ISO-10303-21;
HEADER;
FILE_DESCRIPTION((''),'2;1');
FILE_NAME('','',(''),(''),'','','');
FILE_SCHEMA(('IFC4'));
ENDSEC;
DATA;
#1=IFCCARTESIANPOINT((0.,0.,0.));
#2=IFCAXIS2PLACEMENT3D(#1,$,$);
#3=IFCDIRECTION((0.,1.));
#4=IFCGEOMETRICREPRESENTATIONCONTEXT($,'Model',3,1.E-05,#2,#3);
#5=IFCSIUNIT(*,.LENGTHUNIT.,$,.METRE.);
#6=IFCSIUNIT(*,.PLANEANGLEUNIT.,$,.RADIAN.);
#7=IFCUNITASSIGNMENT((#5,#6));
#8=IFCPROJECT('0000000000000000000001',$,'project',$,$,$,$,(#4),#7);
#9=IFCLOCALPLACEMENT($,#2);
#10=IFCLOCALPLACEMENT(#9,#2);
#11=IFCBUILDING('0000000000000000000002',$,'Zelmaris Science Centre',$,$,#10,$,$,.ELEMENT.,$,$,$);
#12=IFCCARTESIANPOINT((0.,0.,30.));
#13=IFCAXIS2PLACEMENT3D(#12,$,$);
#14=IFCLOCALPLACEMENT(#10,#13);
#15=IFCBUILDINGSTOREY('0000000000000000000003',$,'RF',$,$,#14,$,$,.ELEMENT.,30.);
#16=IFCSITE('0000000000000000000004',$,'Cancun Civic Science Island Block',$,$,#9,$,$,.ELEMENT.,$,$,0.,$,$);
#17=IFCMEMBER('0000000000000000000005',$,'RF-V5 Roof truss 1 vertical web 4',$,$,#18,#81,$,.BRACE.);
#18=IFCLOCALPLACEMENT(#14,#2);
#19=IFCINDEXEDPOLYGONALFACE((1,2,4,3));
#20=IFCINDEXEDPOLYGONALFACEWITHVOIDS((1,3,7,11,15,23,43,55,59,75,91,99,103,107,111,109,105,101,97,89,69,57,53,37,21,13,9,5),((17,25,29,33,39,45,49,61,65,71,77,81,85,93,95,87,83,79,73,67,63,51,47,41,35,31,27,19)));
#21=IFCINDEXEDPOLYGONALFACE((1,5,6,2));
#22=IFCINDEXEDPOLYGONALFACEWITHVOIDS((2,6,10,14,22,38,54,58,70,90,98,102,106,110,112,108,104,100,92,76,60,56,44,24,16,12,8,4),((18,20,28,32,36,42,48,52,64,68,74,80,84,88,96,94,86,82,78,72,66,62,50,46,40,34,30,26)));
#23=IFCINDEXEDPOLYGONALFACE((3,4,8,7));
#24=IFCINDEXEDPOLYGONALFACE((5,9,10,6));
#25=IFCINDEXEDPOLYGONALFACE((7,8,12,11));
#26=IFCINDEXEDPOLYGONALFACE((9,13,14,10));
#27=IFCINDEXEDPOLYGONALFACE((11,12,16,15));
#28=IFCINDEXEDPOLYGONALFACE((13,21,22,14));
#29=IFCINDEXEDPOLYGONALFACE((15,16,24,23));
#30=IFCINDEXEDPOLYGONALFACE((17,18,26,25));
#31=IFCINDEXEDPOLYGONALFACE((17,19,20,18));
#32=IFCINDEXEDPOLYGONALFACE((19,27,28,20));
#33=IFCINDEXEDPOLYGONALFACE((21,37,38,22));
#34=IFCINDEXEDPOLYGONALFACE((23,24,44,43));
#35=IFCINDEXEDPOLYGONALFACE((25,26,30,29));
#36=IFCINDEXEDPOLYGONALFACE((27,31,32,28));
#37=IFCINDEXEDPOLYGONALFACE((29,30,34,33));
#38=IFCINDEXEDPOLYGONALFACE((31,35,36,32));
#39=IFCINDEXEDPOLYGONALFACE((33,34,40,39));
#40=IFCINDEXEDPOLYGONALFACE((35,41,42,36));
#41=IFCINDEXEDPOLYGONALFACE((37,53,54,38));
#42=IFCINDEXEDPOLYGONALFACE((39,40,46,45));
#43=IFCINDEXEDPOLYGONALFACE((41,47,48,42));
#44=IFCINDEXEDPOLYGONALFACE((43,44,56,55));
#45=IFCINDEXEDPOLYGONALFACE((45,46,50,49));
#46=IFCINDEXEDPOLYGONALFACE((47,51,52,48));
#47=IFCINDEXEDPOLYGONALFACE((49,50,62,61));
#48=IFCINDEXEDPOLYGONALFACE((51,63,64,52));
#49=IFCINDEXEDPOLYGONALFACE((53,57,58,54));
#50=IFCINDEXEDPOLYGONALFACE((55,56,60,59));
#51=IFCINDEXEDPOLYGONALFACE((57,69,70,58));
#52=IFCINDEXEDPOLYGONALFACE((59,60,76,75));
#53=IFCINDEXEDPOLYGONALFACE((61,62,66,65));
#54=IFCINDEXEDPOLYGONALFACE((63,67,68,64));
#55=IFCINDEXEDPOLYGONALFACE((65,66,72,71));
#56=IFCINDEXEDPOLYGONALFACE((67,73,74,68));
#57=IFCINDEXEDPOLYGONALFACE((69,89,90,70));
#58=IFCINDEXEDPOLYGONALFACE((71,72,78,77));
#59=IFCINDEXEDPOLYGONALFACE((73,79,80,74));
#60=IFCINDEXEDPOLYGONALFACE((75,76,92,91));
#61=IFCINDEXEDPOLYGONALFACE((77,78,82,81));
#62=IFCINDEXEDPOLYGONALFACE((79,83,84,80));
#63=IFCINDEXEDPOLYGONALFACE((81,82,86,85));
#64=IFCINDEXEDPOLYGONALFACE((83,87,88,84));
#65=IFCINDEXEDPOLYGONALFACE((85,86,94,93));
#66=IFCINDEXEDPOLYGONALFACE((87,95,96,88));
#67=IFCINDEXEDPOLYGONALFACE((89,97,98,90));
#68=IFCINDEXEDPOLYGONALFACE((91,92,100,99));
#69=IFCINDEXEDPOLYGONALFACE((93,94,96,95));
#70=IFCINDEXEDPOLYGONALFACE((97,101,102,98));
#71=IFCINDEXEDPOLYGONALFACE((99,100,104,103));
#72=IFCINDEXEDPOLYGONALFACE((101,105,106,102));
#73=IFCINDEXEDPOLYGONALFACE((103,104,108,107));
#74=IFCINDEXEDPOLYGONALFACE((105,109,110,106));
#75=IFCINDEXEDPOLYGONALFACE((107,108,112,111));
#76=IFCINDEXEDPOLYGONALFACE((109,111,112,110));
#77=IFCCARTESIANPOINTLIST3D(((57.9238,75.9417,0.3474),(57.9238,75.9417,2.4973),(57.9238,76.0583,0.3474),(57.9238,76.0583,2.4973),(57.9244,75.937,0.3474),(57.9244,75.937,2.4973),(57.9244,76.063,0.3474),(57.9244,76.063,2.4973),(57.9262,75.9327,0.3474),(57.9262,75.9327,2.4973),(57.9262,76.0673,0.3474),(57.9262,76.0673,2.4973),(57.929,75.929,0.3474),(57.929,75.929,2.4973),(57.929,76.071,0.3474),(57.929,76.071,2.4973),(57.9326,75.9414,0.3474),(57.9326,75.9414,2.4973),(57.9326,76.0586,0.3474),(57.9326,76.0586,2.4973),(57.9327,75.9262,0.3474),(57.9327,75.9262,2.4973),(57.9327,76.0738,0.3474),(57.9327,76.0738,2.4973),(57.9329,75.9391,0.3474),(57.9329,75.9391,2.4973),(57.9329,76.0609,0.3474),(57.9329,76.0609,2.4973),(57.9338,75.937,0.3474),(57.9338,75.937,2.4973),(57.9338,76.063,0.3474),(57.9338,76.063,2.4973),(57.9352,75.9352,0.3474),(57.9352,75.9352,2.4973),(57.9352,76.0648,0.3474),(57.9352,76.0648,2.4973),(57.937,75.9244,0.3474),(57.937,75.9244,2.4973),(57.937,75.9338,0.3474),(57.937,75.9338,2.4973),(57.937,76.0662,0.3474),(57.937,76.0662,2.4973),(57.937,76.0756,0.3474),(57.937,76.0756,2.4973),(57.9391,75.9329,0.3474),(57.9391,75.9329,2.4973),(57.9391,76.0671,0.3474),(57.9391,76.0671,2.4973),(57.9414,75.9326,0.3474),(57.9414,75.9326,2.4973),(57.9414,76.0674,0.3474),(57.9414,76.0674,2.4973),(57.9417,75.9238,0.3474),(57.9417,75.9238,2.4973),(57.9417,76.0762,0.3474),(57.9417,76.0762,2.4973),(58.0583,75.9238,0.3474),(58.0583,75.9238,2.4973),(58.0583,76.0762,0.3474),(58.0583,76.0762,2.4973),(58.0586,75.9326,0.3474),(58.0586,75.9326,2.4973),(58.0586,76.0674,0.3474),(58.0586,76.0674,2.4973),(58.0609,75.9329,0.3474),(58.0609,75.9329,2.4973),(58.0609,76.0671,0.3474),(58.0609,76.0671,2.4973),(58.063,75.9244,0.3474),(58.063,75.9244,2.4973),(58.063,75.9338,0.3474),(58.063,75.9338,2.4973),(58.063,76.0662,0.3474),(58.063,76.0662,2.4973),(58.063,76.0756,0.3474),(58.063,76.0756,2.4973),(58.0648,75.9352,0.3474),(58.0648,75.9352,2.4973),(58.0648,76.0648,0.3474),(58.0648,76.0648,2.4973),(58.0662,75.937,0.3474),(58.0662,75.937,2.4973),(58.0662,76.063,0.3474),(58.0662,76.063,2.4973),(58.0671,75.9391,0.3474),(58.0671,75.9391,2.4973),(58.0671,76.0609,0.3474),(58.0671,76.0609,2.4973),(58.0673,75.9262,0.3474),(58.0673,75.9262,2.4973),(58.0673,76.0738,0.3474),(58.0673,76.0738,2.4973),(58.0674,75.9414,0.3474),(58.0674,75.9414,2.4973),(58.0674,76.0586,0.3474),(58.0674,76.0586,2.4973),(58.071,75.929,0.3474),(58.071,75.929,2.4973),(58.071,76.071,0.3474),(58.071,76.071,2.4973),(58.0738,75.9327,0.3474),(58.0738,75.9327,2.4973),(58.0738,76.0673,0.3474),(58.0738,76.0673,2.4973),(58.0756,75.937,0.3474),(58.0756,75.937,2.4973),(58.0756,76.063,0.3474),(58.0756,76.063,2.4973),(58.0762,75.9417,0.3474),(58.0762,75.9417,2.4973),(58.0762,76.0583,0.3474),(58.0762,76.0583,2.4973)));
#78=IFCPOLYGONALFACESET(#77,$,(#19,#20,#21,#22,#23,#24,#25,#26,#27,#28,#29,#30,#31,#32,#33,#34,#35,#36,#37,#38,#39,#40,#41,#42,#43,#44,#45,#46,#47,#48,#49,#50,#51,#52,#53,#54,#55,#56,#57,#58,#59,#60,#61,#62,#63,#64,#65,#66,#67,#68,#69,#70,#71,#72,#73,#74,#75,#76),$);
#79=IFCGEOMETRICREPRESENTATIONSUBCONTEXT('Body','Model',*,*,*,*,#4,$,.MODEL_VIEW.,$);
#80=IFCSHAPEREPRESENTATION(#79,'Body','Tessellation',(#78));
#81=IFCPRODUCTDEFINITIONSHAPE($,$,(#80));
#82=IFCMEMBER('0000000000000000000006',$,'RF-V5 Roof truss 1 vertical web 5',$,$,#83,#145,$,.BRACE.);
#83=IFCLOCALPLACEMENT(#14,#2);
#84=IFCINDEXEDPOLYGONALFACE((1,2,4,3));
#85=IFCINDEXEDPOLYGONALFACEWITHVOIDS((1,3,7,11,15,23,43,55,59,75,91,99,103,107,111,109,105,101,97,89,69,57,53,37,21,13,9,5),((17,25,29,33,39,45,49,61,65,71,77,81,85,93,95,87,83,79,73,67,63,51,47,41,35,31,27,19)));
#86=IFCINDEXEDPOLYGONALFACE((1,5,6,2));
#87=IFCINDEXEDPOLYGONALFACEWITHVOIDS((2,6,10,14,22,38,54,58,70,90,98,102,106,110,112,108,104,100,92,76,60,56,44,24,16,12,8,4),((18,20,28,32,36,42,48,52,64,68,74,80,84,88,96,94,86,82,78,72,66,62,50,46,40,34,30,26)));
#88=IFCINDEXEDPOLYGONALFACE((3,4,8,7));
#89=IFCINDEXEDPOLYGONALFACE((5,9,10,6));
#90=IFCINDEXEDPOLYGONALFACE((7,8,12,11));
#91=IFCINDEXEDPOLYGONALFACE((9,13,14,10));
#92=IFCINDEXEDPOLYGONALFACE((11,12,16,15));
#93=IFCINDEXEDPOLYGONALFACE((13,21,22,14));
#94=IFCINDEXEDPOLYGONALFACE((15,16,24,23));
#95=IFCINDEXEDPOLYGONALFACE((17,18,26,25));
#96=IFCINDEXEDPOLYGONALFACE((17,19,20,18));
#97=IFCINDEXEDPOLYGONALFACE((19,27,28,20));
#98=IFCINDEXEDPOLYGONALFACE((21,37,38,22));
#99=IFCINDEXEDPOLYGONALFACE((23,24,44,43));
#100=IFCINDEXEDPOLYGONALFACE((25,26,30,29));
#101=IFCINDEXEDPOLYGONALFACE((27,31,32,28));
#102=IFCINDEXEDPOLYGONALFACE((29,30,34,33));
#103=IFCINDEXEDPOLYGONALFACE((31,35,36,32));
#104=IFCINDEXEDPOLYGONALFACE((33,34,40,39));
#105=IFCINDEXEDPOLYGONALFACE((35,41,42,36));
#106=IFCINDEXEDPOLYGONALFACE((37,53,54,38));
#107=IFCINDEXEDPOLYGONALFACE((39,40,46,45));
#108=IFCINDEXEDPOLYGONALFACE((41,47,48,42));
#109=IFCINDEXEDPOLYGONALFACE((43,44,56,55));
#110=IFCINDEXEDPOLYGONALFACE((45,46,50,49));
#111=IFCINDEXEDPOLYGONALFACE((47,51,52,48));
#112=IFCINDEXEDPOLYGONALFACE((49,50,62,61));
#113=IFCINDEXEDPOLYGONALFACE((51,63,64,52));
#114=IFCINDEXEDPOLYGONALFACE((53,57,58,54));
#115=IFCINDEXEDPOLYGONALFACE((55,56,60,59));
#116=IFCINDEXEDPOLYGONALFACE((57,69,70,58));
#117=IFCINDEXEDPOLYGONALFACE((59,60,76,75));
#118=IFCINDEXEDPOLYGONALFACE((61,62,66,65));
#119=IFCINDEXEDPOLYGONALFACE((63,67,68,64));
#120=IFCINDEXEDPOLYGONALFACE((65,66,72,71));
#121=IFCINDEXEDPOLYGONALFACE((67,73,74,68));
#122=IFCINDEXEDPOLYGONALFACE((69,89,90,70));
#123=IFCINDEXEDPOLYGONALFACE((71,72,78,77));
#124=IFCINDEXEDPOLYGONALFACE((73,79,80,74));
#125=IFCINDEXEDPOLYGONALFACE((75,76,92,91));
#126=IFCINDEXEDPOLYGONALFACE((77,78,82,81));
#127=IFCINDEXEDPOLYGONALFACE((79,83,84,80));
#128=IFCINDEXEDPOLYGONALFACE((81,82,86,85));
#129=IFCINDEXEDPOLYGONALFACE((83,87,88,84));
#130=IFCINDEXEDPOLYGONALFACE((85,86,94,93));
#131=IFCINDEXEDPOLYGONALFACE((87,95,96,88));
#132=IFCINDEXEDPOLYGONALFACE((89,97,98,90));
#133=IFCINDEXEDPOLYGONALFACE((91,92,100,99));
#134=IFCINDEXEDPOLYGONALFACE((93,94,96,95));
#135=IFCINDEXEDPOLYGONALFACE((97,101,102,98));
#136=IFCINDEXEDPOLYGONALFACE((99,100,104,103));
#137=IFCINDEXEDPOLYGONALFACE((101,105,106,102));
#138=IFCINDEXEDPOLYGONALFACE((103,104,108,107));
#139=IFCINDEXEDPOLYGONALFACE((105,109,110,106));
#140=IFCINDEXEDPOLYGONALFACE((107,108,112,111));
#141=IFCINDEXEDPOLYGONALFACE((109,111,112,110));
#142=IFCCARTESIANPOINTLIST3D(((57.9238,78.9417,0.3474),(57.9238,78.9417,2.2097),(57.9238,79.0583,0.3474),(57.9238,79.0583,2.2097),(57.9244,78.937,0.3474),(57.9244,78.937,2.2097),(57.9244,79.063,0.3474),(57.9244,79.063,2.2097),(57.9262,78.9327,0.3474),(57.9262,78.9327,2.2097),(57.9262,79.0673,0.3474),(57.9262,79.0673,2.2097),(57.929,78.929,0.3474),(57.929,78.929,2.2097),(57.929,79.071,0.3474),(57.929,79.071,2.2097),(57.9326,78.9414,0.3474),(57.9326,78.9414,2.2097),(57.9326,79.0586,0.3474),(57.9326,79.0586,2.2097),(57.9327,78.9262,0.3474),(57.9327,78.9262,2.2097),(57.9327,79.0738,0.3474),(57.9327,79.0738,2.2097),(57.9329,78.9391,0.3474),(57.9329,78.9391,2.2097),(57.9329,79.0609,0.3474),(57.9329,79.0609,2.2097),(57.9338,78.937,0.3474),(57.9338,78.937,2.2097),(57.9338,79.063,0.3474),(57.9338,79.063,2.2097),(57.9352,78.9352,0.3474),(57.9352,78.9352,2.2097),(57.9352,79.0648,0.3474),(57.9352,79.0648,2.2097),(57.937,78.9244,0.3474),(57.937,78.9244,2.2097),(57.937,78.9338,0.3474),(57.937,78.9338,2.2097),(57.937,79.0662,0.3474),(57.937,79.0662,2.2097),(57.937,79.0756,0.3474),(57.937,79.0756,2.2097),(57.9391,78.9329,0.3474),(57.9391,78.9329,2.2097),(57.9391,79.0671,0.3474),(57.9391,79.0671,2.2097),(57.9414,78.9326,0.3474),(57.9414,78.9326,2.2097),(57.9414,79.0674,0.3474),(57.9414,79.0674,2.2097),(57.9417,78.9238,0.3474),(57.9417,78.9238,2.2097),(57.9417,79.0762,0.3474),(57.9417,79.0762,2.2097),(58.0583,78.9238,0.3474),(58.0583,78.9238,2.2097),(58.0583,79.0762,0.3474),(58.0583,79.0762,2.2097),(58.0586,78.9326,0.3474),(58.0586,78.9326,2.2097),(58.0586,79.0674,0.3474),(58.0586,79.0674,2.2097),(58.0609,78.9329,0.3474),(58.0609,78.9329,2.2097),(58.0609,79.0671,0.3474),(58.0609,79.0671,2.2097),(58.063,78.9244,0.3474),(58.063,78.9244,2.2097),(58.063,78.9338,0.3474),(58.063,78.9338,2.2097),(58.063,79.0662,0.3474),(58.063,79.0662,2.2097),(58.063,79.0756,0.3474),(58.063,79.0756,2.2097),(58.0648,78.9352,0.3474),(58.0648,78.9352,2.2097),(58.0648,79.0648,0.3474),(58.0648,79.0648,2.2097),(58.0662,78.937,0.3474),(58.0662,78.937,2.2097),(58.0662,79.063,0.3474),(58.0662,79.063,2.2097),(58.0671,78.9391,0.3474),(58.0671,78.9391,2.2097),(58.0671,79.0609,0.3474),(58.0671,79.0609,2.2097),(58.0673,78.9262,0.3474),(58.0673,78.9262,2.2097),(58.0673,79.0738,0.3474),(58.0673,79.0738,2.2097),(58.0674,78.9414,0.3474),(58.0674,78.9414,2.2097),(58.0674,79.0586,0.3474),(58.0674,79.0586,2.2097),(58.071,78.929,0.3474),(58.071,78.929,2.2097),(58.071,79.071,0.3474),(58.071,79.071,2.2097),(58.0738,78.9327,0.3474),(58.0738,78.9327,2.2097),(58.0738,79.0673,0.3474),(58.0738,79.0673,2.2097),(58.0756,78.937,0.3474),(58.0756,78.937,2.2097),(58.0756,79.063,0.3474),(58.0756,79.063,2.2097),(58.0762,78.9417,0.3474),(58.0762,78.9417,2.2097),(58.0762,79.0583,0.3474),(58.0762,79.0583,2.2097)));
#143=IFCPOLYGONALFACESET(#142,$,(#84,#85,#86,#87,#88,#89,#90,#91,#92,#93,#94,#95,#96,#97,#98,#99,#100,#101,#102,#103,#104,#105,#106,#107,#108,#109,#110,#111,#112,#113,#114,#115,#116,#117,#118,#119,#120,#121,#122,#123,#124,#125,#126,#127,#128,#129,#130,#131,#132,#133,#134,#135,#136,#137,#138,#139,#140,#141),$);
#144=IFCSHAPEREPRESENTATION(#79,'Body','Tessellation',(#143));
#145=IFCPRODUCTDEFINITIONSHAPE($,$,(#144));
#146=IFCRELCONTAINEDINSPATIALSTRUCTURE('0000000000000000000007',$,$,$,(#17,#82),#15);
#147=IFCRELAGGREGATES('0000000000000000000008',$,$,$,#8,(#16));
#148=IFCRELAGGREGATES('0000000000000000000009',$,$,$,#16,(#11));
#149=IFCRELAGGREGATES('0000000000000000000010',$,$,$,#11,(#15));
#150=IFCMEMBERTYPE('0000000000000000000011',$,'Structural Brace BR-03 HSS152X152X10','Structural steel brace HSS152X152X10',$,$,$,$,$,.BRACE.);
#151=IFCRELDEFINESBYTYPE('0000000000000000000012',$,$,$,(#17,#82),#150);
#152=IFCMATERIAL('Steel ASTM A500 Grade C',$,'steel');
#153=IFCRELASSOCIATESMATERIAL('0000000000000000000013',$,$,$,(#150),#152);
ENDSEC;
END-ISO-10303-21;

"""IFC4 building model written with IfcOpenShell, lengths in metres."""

from ifc_helpers import new_model, si_unit, direction, frame, origin, origin_2d, place, context, subcontext, project, spatial, hollow_rectangle, extrude, material, material_profile, profile_set, type_object, element, save


model = new_model("IFC4")

# Units and contexts
model_context = context("Model", 3, precision=1e-05, world=origin(), true_north=direction((0.0, 1.0)))
body_context = subcontext(model_context, "Body", "Model", "MODEL_VIEW")
ifc_project = project(units=[si_unit("LENGTHUNIT", "METRE"), si_unit("PLANEANGLEUNIT", "RADIAN")], contexts=[model_context])

# Site, building, storey
site_placement = place(None, origin())
site = spatial("IfcSite", under=ifc_project, at=site_placement, Name="Cancun Civic Science Island Block", CompositionType="ELEMENT", RefElevation=0.0)
building_placement = place(site_placement, origin())
building = spatial("IfcBuilding", under=site, at=building_placement, Name="Zelmaris Science Centre", CompositionType="ELEMENT")
storey_placement = place(building_placement, frame((0.0, 0.0, 30.0)))
storey = spatial("IfcBuildingStorey", under=building, at=storey_placement, Name="RF", CompositionType="ELEMENT", Elevation=30.0)

# Shared definitions
ifc_material = material(Name="Steel ASTM A500 Grade C", Category="steel")

# Members
ifc_material_profile_1 = material_profile(ifc_material, hollow_rectangle(XDim=0.1523, YDim=0.1523, WallThickness=0.0088, InnerFilletRadius=0.0088, OuterFilletRadius=0.0178, at=origin_2d()), Name="HSS152X152X10")
ifc_profile_set_1 = profile_set([ifc_material_profile_1], Name="Steel ASTM A500 Grade C")
member_type_1 = type_object("IfcMemberType", Name="Structural Brace BR-03 HSS152X152X10", Description="Structural steel brace HSS152X152X10", PredefinedType="BRACE", material=ifc_profile_set_1)
member_1_placement = place(storey_placement, frame((58.0, 76.0, 0.3474), z_axis=(0.0, 0.0, 1.0), x_axis=(1.0, 0.0, 0.0)))
element("IfcMember", 1, at=member_1_placement, inside=storey, type_object=member_type_1, Name="RF-V5 Roof truss 1 vertical web 4", PredefinedType="BRACE", context=body_context, shape_type="SweptSolid", body=[
    extrude(hollow_rectangle(XDim=0.1523, YDim=0.1523, WallThickness=0.0088, InnerFilletRadius=0.0088, OuterFilletRadius=0.0178, at=origin_2d()), origin(), (0.0, 0.0, 1.0), 2.1499),
])
member_2_placement = place(storey_placement, frame((58.0, 79.0, 0.3474), z_axis=(0.0, 0.0, 1.0), x_axis=(1.0, 0.0, 0.0)))
element("IfcMember", 2, at=member_2_placement, inside=storey, type_object=member_type_1, Name="RF-V5 Roof truss 1 vertical web 5", PredefinedType="BRACE", context=body_context, shape_type="SweptSolid", body=[
    extrude(hollow_rectangle(XDim=0.1523, YDim=0.1523, WallThickness=0.0088, InnerFilletRadius=0.0088, OuterFilletRadius=0.0178, at=origin_2d()), origin(), (0.0, 0.0, 1.0), 1.8623),
])

save(model, "model.ifc")
